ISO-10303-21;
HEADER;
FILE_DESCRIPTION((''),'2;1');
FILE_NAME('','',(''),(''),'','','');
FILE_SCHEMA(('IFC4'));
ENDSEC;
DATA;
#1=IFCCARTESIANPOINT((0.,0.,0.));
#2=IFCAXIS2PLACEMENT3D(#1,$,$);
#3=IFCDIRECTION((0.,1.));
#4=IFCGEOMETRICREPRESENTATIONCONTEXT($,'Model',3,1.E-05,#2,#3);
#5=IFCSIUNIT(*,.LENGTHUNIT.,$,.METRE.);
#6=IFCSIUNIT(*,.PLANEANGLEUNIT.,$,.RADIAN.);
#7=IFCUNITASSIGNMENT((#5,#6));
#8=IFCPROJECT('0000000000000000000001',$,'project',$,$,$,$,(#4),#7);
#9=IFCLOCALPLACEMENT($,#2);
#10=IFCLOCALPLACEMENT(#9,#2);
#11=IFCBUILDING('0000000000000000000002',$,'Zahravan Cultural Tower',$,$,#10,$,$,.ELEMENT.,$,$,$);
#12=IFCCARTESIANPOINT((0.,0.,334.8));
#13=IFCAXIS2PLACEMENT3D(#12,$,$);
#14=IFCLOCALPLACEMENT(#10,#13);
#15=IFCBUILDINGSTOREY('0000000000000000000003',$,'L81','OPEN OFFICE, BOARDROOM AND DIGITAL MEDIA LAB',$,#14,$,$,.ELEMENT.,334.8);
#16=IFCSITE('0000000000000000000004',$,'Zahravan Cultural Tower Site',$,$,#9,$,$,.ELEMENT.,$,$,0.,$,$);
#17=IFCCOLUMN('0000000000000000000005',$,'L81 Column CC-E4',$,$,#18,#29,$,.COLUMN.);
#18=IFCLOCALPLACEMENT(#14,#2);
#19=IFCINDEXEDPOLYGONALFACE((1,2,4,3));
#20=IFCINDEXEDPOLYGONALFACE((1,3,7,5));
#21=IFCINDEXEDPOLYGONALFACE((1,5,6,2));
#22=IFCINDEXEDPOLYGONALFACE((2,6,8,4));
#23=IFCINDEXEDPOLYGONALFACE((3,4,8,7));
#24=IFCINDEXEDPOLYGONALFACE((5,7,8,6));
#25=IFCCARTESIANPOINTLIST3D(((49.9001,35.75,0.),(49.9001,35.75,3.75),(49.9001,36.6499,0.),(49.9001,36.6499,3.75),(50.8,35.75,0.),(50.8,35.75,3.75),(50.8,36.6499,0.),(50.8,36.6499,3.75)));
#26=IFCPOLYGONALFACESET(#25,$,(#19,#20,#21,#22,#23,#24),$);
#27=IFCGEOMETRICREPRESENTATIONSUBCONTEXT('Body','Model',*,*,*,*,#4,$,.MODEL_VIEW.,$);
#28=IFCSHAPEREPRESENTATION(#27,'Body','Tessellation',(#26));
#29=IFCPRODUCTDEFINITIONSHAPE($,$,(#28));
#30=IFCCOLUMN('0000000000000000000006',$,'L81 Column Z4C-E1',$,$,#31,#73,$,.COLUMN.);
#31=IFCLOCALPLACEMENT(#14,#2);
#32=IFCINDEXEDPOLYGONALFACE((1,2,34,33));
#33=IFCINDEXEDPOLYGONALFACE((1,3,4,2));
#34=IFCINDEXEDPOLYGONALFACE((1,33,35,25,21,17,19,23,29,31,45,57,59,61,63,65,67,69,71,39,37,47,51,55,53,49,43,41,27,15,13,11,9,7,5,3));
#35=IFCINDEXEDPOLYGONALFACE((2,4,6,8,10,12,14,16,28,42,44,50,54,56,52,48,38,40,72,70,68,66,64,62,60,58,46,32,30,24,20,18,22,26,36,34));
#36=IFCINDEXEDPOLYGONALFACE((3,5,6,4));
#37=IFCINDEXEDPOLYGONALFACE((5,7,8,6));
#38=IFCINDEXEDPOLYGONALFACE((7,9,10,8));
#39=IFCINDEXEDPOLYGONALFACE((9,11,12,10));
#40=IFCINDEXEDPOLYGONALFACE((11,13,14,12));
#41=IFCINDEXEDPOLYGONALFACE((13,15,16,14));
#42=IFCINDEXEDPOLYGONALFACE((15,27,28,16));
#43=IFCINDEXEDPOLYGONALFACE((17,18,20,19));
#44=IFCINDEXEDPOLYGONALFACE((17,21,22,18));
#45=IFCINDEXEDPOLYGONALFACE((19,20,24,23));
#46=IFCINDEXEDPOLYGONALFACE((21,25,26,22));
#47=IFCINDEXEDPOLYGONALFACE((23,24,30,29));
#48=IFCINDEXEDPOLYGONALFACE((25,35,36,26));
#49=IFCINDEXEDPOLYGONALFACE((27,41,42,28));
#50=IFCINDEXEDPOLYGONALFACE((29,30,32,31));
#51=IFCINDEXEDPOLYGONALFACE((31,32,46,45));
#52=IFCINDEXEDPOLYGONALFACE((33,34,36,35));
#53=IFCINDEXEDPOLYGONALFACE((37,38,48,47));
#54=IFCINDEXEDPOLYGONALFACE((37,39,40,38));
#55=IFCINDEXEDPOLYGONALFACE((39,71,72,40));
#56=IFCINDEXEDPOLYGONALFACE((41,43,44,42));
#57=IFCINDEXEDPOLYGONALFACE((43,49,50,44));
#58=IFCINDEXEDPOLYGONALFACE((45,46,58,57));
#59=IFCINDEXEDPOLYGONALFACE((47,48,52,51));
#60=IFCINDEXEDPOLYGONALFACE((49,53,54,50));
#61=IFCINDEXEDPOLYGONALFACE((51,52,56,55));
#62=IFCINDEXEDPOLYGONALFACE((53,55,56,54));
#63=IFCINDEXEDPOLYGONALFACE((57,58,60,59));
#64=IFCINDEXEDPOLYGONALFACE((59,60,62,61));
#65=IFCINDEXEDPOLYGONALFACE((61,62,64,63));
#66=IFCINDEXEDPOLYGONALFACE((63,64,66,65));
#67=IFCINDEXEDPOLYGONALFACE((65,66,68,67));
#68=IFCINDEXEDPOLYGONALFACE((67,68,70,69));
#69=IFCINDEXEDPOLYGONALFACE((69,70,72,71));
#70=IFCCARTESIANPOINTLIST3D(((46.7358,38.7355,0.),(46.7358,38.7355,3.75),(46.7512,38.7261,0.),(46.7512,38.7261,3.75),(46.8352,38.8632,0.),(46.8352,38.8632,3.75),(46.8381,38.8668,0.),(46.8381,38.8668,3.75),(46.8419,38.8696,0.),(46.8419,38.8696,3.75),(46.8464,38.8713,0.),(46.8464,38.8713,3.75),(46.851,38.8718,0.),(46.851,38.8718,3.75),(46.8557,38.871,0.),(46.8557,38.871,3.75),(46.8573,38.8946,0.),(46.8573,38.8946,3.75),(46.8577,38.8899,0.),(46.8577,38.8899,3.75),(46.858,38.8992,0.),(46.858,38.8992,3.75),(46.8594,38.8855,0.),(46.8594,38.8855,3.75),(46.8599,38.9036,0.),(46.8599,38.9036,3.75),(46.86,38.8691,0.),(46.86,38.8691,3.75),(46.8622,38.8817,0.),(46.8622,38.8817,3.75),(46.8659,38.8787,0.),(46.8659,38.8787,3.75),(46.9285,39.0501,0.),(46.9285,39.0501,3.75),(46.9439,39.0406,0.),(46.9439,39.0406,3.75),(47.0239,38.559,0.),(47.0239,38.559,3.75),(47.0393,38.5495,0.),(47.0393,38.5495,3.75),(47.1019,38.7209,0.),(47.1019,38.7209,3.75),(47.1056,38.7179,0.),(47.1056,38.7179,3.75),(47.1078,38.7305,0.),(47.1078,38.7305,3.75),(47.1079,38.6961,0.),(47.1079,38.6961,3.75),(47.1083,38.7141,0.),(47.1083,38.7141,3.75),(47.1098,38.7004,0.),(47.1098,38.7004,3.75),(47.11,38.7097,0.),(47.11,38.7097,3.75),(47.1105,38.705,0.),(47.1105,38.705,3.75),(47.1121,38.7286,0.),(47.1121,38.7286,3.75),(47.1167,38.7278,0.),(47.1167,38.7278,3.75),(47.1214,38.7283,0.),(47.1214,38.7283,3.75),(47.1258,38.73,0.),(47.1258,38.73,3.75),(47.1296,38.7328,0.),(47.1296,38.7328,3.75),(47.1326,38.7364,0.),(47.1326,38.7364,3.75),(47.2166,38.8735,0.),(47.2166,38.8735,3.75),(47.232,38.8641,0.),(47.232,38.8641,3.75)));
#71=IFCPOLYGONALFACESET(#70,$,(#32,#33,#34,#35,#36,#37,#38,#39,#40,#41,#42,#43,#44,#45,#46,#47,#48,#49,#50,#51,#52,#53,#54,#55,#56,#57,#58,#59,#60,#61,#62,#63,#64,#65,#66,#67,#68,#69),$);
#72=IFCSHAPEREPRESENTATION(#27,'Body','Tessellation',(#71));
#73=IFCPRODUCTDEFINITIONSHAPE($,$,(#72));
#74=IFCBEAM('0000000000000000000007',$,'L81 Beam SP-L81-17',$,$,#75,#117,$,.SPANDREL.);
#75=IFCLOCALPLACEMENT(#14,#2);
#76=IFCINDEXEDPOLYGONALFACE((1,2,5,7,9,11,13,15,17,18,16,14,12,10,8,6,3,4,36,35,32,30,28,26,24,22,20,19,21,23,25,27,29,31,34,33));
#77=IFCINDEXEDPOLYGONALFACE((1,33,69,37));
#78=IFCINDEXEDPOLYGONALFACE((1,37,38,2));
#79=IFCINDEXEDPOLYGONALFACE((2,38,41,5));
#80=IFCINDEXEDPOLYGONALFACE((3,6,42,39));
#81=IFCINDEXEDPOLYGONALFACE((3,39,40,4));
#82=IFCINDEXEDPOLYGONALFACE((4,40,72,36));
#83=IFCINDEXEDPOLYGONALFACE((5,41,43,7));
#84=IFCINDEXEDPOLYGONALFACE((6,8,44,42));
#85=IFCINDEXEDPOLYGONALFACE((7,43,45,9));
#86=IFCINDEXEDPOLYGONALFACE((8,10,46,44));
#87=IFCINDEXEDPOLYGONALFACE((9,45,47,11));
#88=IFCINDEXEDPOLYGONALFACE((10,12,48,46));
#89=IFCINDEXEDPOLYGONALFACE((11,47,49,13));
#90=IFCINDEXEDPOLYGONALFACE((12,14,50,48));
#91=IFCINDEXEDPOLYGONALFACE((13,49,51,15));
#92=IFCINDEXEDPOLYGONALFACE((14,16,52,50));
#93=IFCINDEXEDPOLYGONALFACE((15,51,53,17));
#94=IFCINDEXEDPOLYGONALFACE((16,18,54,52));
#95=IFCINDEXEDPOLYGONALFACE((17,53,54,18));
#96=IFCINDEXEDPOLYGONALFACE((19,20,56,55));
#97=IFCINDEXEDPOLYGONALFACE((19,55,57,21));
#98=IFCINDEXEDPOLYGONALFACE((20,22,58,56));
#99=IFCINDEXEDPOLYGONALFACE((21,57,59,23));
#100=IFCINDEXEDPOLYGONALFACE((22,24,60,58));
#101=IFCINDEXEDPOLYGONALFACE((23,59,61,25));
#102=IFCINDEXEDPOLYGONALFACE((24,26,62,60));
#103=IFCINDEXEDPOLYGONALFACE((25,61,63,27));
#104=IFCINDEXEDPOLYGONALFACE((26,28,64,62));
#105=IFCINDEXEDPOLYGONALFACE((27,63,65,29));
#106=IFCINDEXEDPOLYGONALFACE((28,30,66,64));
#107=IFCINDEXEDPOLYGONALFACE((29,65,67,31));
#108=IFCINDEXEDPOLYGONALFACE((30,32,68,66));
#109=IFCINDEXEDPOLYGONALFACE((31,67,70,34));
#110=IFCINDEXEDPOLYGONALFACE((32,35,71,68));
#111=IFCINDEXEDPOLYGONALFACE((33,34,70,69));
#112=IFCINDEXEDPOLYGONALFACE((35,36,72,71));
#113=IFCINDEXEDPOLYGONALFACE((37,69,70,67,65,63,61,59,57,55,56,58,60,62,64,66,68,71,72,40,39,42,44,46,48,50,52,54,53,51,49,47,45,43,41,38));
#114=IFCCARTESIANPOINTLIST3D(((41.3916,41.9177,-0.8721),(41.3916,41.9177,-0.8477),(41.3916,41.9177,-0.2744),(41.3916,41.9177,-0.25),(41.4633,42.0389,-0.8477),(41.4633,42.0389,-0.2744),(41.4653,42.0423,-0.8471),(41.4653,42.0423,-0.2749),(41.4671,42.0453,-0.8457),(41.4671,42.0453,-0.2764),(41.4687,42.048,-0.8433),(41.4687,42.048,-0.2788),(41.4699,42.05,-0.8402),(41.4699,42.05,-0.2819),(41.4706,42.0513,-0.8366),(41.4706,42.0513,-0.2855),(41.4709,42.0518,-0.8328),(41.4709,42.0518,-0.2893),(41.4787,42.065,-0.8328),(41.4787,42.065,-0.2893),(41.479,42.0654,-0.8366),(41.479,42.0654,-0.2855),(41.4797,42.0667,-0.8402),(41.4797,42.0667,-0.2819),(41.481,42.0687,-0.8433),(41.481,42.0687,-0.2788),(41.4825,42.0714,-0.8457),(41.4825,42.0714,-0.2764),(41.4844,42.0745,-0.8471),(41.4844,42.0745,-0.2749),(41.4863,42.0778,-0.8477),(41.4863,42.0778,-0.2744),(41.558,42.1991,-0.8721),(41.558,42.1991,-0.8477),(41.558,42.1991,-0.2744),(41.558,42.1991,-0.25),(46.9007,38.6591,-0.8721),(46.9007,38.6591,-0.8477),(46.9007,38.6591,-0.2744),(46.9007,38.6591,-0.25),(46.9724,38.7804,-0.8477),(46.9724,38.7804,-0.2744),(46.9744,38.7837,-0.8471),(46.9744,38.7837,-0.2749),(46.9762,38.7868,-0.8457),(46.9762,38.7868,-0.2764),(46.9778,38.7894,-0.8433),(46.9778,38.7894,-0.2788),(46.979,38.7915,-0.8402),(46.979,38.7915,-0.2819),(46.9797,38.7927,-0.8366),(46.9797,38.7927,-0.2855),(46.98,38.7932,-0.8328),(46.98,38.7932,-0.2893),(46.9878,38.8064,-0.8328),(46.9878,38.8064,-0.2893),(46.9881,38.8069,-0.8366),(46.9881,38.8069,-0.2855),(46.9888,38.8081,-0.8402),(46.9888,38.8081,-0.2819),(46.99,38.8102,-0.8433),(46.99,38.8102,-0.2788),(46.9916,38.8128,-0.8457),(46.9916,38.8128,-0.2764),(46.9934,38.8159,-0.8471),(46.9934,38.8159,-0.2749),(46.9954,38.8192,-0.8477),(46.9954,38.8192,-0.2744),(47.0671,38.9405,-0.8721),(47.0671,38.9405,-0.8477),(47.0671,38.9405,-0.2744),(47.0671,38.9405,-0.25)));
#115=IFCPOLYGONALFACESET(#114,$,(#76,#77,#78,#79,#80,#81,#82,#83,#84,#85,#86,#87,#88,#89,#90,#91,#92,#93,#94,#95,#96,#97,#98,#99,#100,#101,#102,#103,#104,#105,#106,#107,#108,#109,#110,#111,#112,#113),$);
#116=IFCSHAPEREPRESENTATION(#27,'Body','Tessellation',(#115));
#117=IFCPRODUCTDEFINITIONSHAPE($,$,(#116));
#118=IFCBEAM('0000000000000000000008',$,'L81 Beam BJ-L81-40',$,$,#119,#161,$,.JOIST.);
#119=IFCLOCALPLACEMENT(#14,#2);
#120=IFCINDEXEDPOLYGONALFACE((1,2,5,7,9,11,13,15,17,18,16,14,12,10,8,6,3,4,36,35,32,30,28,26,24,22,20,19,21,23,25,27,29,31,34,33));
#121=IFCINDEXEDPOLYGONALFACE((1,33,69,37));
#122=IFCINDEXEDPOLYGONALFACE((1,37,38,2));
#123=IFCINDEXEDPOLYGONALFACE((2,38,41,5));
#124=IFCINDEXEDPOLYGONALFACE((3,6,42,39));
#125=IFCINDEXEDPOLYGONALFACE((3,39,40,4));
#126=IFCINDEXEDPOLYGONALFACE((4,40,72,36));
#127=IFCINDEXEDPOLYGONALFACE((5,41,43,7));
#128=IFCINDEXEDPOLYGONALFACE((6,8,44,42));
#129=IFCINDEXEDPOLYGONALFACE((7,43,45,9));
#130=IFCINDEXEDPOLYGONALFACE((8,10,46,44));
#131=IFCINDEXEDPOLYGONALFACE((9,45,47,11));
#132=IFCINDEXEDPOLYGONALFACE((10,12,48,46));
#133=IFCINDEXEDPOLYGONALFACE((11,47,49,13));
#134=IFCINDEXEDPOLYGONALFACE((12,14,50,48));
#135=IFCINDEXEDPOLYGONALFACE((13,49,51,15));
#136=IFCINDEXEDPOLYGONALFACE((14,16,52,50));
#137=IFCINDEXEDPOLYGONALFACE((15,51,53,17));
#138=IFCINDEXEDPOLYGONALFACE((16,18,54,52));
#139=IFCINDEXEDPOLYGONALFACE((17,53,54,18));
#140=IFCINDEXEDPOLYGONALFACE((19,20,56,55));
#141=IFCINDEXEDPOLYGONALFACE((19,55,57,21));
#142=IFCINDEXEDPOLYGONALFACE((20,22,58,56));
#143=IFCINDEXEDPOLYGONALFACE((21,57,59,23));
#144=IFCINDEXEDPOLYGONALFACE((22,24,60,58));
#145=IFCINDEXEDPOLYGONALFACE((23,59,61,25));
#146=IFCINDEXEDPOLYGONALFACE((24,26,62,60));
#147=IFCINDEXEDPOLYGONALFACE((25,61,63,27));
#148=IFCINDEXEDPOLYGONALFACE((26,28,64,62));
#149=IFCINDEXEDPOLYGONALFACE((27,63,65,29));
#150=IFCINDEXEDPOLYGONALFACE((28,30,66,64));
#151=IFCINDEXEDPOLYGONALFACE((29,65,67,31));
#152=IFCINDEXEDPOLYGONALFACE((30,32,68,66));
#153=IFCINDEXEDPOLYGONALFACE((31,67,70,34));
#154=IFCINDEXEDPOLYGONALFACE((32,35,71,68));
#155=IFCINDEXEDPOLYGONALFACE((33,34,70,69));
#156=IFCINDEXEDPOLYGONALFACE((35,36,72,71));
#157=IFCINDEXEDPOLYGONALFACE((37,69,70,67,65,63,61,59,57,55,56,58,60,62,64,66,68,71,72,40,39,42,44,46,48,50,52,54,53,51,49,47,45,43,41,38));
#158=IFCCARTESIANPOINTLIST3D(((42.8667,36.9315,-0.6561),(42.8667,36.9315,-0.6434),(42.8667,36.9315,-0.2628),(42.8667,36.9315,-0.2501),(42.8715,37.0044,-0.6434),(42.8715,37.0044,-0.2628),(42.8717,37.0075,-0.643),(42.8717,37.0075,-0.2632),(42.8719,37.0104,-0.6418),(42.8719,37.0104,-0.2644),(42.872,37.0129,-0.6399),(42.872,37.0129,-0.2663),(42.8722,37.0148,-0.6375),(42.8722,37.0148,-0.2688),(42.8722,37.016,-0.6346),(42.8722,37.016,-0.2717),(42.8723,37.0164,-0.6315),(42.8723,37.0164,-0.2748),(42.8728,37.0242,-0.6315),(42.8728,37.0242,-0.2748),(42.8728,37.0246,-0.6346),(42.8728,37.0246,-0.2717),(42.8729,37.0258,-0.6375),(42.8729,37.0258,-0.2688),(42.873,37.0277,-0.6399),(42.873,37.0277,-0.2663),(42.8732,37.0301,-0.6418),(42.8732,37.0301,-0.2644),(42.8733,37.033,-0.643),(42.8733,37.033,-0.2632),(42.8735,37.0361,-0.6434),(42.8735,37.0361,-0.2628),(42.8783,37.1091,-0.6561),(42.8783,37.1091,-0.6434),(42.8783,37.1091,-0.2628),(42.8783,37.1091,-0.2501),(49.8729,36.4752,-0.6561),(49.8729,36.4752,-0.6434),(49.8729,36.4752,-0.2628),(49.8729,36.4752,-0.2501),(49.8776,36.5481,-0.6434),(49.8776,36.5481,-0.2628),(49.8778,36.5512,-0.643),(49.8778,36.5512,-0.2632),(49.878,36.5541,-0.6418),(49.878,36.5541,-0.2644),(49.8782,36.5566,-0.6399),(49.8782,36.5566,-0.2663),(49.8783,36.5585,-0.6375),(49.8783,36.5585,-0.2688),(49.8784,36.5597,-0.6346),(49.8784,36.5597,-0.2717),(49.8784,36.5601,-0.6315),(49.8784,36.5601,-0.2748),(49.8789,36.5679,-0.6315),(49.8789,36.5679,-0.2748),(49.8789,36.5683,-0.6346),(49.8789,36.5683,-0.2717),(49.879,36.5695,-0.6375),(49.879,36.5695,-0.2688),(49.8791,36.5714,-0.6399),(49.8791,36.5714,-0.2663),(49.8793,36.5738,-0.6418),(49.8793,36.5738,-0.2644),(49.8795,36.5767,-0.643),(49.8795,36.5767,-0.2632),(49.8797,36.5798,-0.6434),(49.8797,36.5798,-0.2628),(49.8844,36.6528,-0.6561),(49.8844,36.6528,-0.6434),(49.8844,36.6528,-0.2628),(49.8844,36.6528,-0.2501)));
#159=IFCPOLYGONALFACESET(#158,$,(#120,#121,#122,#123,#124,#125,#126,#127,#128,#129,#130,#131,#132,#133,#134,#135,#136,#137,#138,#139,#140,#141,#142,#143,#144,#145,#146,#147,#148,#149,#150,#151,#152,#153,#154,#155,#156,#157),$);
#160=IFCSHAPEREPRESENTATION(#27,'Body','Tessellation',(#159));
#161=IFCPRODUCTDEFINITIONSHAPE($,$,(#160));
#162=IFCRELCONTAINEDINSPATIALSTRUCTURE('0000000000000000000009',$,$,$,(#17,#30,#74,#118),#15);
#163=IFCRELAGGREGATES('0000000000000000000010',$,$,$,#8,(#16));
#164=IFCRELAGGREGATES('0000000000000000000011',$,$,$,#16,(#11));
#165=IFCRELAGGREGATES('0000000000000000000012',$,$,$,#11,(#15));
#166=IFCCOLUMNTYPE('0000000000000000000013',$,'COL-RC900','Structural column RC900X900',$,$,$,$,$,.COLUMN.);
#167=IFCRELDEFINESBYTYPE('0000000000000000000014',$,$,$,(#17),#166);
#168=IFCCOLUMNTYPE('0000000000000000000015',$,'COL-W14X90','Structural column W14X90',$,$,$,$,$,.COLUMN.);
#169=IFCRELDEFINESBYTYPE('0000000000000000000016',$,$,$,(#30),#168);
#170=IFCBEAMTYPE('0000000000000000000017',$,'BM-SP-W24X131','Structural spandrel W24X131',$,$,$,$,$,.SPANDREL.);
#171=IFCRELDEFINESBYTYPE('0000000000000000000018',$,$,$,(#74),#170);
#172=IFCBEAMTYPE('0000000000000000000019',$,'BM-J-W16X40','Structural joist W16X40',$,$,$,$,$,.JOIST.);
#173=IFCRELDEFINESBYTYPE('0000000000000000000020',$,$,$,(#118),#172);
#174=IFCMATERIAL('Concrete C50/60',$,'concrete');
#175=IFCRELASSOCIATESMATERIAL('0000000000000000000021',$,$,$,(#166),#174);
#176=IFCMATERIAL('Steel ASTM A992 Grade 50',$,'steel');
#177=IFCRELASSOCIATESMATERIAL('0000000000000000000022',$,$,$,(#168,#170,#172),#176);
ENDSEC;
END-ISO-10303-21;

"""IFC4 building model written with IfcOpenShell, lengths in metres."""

from ifc_helpers import new_model, si_unit, direction, frame, origin, origin_2d, place, context, subcontext, project, spatial, rectangle, i_section, extrude, source, transform, mapped, material, material_profile, profile_set, type_object, element, save


model = new_model("IFC4")

# Units and contexts
model_context = context("Model", 3, precision=1e-05, world=origin(), true_north=direction((0.0, 1.0)))
body_context = subcontext(model_context, "Body", "Model", "MODEL_VIEW")
ifc_project = project(units=[si_unit("LENGTHUNIT", "METRE"), si_unit("PLANEANGLEUNIT", "RADIAN")], contexts=[model_context])

# Site, building, storey
site_placement = place(None, origin())
site = spatial("IfcSite", under=ifc_project, at=site_placement, Name="Zahravan Cultural Tower Site", CompositionType="ELEMENT", RefElevation=0.0)
building_placement = place(site_placement, origin())
building = spatial("IfcBuilding", under=site, at=building_placement, Name="Zahravan Cultural Tower", CompositionType="ELEMENT")
storey_placement = place(building_placement, frame((0.0, 0.0, 334.8)))
storey = spatial("IfcBuildingStorey", under=building, at=storey_placement, Name="L81", Description="OPEN OFFICE, BOARDROOM AND DIGITAL MEDIA LAB", CompositionType="ELEMENT", Elevation=334.8)

# Columns
ifc_material_1 = material(Name="Concrete C50/60", Category="concrete")
ifc_material_profile_1 = material_profile(ifc_material_1, rectangle(XDim=0.8999, YDim=0.8999, at=origin_2d()), Name="RC900X900")
ifc_profile_set_1 = profile_set([ifc_material_profile_1], Name="Concrete C50/60")
column_type_1 = type_object("IfcColumnType", Name="COL-RC900", Description="Structural column RC900X900", PredefinedType="COLUMN", material=ifc_profile_set_1)
shared_shape_1 = source(origin(), body_context, "Body", "SweptSolid", [
    extrude(rectangle(XDim=0.8999, YDim=0.8999, at=origin_2d()), origin(), (0.0, 0.0, 1.0), 3.75),
])
column_1_placement = place(storey_placement, frame((50.3501, 36.2, 0.0), z_axis=(0.0, 0.0, 1.0), x_axis=(1.0, 0.0, 0.0)))
element("IfcColumn", 1, at=column_1_placement, inside=storey, type_object=column_type_1, Name="L81 Column CC-E4", PredefinedType="COLUMN", context=body_context, shape_type="MappedRepresentation", body=[
    mapped(shared_shape_1, transform((0.0, 0.0, 0.0), x_axis=(1.0, 0.0, 0.0), y_axis=(0.0, 1.0, 0.0), z_axis=(0.0, 0.0, 1.0), scale=1.0)),
])
ifc_material_2 = material(Name="Steel ASTM A992 Grade 50", Category="steel")
ifc_material_profile_2 = material_profile(ifc_material_2, i_section(OverallWidth=0.3689, OverallDepth=0.356, WebThickness=0.0112, FlangeThickness=0.0181, FilletRadius=0.0181, at=origin_2d()), Name="W14X90")
ifc_profile_set_2 = profile_set([ifc_material_profile_2], Name="Steel ASTM A992 Grade 50")
column_type_2 = type_object("IfcColumnType", Name="COL-W14X90", Description="Structural column W14X90", PredefinedType="COLUMN", material=ifc_profile_set_2)
shared_shape_2 = source(origin(), body_context, "Body", "SweptSolid", [
    extrude(i_section(OverallWidth=0.3689, OverallDepth=0.356, WebThickness=0.0112, FlangeThickness=0.0181, FilletRadius=0.0181, at=origin_2d()), origin(), (0.0, 0.0, 1.0), 3.75),
])
column_2_placement = place(storey_placement, frame((46.9839, 38.7998, 0.0), z_axis=(0.0, 0.0, 1.0), x_axis=(0.522499, 0.85264, 0.0)))
element("IfcColumn", 2, at=column_2_placement, inside=storey, type_object=column_type_2, Name="L81 Column Z4C-E1", PredefinedType="COLUMN", context=body_context, shape_type="MappedRepresentation", body=[
    mapped(shared_shape_2, transform((0.0, 0.0, 0.0), x_axis=(1.0, 0.0, 0.0), y_axis=(0.0, 1.0, 0.0), z_axis=(0.0, 0.0, 1.0), scale=1.0)),
])

# Beams
ifc_material_profile_3 = material_profile(ifc_material_2, i_section(OverallWidth=0.3269, OverallDepth=0.6221, WebThickness=0.0154, FlangeThickness=0.0244, FilletRadius=0.0149, at=origin_2d()), Name="W24X131")
ifc_profile_set_3 = profile_set([ifc_material_profile_3], Name="Steel ASTM A992 Grade 50")
beam_type_1 = type_object("IfcBeamType", Name="BM-SP-W24X131", Description="Structural spandrel W24X131", PredefinedType="SPANDREL", material=ifc_profile_set_3)
shared_shape_3 = source(origin(), body_context, "Body", "SweptSolid", [
    extrude(i_section(OverallWidth=0.3269, OverallDepth=0.6221, WebThickness=0.0154, FlangeThickness=0.0244, FilletRadius=0.0149, at=origin_2d()), origin(), (0.0, 0.0, 1.0), 6.4006),
])
beam_1_placement = place(storey_placement, frame((46.9839, 38.7998, -0.561), z_axis=(-0.860707, 0.509101, 0.0), x_axis=(-0.509101, -0.860707, 0.0)))
element("IfcBeam", 3, at=beam_1_placement, inside=storey, type_object=beam_type_1, Name="L81 Beam SP-L81-17", PredefinedType="SPANDREL", context=body_context, shape_type="MappedRepresentation", body=[
    mapped(shared_shape_3, transform((0.0, 0.0, 0.0), x_axis=(1.0, 0.0, 0.0), y_axis=(0.0, 1.0, 0.0), z_axis=(0.0, 0.0, 1.0), scale=1.0)),
])
ifc_material_profile_4 = material_profile(ifc_material_2, i_section(OverallWidth=0.178, OverallDepth=0.406, WebThickness=0.0078, FlangeThickness=0.0127, FilletRadius=0.012, at=origin_2d()), Name="W16X40")
ifc_profile_set_4 = profile_set([ifc_material_profile_4], Name="Steel ASTM A992 Grade 50")
beam_type_2 = type_object("IfcBeamType", Name="BM-J-W16X40", Description="Structural joist W16X40", PredefinedType="JOIST", material=ifc_profile_set_4)
shared_shape_4 = source(origin(), body_context, "Body", "SweptSolid", [
    extrude(i_section(OverallWidth=0.178, OverallDepth=0.406, WebThickness=0.0078, FlangeThickness=0.0127, FilletRadius=0.012, at=origin_2d()), origin(), (0.0, 0.0, 1.0), 7.021),
])
beam_2_placement = place(storey_placement, frame((49.8787, 36.564, -0.4531), z_axis=(-0.997886, 0.064991, 0.0), x_axis=(-0.064991, -0.997886, 0.0)))
element("IfcBeam", 4, at=beam_2_placement, inside=storey, type_object=beam_type_2, Name="L81 Beam BJ-L81-40", PredefinedType="JOIST", context=body_context, shape_type="MappedRepresentation", body=[
    mapped(shared_shape_4, transform((0.0, 0.0, 0.0), x_axis=(1.0, 0.0, 0.0), y_axis=(0.0, 1.0, 0.0), z_axis=(0.0, 0.0, 1.0), scale=1.0)),
])

save(model, "model.ifc")
